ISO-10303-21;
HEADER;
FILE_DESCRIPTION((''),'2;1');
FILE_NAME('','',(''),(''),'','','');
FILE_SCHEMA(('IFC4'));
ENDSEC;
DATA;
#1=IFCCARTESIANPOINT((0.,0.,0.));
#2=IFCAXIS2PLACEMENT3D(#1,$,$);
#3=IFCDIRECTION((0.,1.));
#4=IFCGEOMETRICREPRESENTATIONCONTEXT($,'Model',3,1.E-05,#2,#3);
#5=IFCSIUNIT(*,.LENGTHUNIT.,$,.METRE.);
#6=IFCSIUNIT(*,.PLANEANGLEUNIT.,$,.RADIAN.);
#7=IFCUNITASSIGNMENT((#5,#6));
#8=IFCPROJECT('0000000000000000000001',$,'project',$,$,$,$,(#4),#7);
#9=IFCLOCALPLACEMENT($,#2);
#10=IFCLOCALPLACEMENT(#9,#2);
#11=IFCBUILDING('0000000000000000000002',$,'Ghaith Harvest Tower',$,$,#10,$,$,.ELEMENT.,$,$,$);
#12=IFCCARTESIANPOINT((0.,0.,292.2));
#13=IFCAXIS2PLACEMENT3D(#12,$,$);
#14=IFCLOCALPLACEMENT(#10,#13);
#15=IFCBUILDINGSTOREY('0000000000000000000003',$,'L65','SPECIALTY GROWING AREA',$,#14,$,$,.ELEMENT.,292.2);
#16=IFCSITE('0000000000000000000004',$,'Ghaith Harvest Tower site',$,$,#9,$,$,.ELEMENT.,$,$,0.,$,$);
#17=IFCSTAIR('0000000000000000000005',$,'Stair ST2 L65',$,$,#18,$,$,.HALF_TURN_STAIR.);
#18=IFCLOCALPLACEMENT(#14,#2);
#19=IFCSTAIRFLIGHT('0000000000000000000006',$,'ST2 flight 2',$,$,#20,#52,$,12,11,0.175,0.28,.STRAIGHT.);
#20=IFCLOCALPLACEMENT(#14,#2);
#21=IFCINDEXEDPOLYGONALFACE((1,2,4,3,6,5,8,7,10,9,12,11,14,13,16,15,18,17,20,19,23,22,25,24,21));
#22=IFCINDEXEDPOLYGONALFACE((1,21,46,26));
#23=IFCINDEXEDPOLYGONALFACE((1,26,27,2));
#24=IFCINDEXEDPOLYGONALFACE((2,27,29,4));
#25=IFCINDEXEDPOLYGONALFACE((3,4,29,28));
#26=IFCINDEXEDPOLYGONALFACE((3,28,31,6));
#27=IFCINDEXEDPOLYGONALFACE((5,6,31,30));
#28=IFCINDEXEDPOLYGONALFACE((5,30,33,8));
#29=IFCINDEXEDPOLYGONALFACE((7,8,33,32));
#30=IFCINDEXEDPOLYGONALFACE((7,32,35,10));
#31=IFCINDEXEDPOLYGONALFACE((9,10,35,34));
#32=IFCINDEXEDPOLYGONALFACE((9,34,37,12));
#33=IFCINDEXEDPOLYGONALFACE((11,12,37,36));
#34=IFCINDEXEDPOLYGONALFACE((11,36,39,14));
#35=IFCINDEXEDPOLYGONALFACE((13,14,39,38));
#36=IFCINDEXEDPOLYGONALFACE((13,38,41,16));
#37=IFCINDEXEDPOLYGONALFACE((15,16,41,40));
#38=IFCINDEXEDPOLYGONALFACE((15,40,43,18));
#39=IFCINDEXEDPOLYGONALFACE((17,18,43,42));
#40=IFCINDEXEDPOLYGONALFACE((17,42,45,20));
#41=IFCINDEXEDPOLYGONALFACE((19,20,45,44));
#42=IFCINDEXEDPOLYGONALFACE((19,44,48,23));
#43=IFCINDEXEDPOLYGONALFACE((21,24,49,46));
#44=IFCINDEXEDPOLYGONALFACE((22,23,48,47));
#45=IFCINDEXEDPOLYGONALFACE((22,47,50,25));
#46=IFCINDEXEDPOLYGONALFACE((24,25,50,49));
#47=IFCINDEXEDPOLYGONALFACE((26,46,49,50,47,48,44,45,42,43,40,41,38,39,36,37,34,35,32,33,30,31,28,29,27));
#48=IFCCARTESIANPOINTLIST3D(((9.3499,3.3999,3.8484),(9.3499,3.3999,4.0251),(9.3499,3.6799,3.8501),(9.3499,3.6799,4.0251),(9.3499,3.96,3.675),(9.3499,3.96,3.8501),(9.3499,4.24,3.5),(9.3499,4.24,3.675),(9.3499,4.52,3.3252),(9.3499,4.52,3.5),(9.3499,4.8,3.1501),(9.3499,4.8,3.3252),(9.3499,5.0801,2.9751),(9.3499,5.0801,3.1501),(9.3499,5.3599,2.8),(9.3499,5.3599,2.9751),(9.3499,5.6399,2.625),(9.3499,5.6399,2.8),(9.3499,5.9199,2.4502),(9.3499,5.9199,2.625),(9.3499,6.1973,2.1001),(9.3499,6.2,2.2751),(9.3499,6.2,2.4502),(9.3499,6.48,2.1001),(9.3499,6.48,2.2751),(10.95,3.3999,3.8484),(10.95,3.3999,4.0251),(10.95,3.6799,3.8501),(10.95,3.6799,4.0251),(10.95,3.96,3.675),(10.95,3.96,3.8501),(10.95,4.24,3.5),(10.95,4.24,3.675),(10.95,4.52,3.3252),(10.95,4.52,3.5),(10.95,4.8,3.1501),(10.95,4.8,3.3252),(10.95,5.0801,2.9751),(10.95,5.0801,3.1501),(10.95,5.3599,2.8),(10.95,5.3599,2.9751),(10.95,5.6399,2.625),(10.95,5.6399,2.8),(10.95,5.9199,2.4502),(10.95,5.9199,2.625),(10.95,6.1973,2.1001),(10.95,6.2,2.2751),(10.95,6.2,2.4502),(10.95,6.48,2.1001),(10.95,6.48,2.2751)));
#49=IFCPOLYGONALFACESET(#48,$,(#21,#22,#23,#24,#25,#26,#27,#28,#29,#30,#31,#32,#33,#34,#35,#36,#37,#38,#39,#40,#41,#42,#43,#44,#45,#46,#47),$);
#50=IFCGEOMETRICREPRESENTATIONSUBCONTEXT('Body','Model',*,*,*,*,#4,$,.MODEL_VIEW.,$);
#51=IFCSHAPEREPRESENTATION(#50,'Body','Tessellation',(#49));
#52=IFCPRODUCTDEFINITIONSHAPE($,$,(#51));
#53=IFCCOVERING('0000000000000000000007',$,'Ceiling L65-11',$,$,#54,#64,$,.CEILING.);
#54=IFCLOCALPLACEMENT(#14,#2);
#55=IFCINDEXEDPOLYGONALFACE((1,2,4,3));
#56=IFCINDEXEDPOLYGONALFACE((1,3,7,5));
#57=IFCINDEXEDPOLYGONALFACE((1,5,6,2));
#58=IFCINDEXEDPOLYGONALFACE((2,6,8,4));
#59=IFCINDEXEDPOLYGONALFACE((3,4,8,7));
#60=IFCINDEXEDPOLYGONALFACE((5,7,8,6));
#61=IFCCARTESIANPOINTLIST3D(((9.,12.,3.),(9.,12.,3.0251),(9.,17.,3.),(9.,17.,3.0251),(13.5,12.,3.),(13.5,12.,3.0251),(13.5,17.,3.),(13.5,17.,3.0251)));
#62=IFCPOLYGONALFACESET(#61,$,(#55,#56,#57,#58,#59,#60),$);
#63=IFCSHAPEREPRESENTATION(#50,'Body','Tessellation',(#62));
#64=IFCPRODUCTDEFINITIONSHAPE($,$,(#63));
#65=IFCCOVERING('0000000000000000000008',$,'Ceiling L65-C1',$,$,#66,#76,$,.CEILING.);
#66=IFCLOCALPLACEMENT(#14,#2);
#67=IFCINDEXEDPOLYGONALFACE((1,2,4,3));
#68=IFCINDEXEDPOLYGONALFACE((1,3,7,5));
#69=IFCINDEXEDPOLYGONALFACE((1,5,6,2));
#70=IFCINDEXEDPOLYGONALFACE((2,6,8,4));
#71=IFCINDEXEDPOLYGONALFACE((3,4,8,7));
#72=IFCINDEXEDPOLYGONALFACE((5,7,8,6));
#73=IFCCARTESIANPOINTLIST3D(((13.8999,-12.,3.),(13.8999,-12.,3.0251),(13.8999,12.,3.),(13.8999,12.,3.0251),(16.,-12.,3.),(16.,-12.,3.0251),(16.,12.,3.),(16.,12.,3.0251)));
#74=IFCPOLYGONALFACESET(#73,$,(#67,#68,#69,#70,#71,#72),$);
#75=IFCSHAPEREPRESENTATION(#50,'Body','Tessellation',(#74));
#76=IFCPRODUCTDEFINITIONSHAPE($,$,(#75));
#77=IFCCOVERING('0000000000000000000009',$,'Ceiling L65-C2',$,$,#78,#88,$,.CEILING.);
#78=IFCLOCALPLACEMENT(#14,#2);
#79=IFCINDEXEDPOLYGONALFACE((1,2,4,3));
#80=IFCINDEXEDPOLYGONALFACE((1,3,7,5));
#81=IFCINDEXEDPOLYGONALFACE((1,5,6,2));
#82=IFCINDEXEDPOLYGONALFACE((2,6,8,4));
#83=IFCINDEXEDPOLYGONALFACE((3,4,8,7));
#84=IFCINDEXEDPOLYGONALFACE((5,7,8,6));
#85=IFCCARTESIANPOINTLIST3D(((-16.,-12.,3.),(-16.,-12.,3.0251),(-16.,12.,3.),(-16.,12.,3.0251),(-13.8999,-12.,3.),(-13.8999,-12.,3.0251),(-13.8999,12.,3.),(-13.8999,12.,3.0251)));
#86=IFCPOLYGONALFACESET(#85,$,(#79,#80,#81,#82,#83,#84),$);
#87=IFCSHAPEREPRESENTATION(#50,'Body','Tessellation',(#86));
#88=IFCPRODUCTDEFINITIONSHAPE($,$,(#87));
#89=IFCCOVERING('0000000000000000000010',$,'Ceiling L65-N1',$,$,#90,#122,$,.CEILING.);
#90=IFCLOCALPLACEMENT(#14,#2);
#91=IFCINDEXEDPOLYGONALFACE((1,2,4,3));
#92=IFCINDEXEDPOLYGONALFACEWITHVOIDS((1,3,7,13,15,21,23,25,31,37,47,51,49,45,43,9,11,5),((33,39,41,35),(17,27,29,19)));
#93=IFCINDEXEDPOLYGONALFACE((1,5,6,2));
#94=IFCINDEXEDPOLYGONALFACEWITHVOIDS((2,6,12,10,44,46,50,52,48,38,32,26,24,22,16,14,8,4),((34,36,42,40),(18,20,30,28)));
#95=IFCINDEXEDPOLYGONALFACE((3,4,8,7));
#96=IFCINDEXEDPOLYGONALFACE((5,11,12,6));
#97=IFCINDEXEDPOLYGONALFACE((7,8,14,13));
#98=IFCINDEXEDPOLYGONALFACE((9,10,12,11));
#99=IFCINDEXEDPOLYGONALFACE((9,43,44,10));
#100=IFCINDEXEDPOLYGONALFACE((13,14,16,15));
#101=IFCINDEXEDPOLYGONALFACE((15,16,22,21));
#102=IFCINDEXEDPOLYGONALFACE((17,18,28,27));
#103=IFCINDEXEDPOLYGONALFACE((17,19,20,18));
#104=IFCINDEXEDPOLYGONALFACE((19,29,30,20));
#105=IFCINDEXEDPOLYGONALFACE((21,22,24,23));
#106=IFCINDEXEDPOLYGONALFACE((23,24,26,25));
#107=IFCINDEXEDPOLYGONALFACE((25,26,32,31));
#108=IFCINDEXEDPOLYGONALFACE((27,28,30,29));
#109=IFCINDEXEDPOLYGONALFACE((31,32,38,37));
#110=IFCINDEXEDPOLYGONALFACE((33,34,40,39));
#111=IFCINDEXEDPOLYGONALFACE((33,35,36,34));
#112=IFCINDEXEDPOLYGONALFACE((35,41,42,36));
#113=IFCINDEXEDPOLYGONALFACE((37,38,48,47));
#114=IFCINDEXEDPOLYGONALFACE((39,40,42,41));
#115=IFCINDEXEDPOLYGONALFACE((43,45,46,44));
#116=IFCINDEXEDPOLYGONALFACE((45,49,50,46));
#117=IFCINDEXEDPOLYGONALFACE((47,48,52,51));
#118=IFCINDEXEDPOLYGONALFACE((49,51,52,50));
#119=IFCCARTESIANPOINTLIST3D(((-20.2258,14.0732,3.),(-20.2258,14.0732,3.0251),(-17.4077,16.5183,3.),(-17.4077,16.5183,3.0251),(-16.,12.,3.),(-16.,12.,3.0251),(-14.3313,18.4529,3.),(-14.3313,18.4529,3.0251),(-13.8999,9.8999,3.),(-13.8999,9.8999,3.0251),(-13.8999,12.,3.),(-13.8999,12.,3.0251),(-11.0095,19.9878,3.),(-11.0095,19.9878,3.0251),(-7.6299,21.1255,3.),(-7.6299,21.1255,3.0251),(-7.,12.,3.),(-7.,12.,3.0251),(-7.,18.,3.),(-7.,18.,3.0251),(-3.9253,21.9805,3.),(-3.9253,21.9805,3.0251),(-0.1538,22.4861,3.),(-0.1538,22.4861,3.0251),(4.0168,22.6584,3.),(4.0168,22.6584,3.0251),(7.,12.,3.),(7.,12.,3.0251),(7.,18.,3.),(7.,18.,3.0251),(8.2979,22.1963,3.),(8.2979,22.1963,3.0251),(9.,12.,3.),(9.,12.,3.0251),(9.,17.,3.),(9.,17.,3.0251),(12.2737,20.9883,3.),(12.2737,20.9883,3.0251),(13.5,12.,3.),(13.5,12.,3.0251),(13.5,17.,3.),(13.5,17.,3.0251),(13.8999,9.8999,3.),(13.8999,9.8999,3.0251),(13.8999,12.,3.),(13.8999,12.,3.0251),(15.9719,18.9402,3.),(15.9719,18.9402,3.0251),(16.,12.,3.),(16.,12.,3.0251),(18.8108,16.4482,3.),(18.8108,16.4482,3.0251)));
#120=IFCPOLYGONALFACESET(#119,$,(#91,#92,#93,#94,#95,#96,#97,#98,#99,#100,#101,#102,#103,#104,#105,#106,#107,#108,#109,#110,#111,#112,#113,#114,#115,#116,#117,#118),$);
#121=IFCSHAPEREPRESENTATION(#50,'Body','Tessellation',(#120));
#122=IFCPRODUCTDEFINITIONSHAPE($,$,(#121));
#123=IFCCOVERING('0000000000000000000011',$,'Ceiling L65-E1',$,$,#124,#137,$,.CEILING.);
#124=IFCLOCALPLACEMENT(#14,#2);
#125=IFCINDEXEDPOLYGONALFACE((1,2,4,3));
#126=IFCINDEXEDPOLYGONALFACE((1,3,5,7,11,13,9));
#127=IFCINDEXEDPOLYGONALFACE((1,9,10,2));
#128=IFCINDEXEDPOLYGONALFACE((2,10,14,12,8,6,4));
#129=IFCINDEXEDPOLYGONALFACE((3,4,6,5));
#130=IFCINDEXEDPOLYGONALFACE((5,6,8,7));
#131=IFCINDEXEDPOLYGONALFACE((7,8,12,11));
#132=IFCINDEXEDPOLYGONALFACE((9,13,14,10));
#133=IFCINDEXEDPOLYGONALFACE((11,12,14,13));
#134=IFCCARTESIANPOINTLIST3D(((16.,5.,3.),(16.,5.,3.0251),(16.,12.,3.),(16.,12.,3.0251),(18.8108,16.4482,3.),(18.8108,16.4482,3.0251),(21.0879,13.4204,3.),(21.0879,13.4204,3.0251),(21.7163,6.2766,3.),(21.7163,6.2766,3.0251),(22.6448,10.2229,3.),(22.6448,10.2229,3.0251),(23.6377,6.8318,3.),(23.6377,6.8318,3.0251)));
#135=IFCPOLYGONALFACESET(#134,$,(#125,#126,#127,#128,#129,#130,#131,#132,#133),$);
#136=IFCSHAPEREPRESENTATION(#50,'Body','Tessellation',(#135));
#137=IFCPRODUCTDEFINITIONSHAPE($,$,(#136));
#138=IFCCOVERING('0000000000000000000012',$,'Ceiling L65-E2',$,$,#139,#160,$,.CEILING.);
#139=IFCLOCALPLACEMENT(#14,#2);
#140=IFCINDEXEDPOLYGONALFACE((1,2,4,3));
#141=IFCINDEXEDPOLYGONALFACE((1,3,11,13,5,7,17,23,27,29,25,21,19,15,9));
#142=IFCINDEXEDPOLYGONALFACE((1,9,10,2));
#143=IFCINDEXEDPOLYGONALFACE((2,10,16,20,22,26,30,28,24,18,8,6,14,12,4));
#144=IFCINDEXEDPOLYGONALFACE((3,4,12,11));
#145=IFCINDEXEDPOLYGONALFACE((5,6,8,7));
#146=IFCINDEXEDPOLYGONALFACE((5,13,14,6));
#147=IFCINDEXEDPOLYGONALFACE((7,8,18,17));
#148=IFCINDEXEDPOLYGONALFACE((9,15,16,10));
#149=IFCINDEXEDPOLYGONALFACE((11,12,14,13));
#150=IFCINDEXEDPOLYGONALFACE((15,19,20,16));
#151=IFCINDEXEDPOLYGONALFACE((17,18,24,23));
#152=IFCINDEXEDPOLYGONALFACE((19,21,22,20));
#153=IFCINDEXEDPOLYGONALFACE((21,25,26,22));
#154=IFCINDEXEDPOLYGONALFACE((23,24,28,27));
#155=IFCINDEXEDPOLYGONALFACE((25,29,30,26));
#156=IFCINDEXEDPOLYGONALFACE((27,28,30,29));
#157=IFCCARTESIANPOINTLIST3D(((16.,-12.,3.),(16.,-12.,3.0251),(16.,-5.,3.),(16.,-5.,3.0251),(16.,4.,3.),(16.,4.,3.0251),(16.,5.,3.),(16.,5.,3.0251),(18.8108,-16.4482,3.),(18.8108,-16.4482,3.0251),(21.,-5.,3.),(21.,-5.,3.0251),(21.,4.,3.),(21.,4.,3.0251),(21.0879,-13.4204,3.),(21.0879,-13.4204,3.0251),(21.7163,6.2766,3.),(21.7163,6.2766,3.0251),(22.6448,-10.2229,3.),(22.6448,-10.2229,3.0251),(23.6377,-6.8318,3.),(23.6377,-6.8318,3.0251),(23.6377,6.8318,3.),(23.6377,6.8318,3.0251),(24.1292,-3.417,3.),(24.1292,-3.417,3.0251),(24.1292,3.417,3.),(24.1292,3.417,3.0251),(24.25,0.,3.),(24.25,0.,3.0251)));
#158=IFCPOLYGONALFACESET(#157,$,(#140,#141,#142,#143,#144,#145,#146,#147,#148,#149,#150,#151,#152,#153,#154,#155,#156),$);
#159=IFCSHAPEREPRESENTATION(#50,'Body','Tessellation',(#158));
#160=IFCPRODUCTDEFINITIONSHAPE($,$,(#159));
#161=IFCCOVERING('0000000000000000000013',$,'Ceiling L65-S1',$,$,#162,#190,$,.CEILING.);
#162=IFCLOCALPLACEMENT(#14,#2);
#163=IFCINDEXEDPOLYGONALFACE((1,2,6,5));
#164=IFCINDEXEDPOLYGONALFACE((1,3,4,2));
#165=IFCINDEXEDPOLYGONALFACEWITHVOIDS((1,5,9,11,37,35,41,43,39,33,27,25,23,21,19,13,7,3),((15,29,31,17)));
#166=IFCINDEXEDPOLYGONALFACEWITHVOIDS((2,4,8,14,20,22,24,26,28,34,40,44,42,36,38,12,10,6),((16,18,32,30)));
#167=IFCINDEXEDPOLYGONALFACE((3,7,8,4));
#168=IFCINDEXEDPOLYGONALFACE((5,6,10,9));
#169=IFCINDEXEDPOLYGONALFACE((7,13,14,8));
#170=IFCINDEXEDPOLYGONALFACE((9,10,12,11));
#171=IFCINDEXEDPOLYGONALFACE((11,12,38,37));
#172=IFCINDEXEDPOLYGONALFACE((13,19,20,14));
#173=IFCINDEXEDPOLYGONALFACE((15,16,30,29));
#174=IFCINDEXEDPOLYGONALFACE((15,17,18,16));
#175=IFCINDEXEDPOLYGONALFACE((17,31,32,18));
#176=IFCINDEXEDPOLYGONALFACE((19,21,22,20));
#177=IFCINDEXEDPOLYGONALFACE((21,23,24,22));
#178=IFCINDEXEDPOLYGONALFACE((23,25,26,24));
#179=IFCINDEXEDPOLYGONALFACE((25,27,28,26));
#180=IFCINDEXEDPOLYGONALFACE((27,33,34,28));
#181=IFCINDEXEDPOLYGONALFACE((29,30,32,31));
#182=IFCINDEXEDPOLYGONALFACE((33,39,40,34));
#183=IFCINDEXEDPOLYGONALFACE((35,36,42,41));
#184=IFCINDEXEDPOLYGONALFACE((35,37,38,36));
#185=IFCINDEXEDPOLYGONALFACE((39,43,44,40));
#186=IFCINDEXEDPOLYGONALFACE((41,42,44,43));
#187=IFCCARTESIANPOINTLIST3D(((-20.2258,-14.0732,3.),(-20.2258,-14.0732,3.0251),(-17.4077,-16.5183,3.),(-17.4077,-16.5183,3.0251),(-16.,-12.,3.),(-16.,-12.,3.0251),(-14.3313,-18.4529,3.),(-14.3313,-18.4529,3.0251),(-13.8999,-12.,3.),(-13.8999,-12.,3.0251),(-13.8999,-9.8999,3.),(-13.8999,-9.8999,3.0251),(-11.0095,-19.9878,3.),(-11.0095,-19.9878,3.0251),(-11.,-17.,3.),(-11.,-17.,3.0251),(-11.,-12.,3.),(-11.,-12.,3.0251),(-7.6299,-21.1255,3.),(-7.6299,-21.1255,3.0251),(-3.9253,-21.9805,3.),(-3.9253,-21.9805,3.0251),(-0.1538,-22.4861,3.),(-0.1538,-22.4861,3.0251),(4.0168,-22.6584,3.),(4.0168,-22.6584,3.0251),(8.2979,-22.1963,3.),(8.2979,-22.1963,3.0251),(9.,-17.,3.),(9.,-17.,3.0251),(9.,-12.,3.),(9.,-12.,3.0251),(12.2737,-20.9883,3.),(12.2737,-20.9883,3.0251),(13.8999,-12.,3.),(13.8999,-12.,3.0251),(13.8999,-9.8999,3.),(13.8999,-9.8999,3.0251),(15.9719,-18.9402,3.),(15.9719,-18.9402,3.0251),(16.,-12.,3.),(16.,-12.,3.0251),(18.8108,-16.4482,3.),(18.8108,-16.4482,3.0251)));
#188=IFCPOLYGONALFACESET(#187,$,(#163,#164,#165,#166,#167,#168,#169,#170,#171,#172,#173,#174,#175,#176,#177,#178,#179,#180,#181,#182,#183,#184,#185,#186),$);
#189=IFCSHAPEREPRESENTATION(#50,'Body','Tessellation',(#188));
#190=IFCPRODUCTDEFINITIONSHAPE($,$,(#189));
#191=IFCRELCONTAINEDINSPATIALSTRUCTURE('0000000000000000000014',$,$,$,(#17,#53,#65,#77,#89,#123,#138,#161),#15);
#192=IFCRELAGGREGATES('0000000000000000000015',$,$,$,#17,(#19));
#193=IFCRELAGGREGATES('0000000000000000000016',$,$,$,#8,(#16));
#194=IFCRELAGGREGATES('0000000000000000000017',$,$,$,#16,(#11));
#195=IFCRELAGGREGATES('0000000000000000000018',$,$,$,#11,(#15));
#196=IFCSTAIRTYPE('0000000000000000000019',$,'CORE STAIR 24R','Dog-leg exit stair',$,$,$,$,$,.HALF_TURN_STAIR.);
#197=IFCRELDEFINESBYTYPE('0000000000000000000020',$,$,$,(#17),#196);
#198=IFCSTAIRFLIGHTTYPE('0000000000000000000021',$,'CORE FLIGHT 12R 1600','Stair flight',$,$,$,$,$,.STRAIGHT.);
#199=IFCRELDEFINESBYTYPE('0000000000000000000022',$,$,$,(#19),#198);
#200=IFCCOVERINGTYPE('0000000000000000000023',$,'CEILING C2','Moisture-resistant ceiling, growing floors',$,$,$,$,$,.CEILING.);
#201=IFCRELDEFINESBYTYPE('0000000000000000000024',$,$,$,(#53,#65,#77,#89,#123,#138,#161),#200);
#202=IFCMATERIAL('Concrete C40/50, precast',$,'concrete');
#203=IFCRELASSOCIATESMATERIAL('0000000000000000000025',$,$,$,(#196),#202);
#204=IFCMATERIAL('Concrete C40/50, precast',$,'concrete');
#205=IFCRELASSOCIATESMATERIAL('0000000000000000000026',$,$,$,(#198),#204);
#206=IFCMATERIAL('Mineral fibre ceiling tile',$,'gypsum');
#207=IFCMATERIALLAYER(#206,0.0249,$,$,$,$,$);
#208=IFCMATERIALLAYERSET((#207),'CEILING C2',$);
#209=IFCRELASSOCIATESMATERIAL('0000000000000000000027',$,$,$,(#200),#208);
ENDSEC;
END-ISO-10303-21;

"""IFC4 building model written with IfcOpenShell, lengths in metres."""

from ifc_helpers import new_model, si_unit, direction, frame, origin, place, context, subcontext, project, spatial, polyline, outline, extrude, material, layer, layer_set, type_object, element, aggregate, save


model = new_model("IFC4")

# Units and contexts
model_context = context("Model", 3, precision=1e-05, world=origin(), true_north=direction((0.0, 1.0)))
body_context = subcontext(model_context, "Body", "Model", "MODEL_VIEW")
ifc_project = project(units=[si_unit("LENGTHUNIT", "METRE"), si_unit("PLANEANGLEUNIT", "RADIAN")], contexts=[model_context])

# Site, building, storey
site_placement = place(None, origin())
site = spatial("IfcSite", under=ifc_project, at=site_placement, Name="Ghaith Harvest Tower site", CompositionType="ELEMENT", RefElevation=0.0)
building_placement = place(site_placement, origin())
building = spatial("IfcBuilding", under=site, at=building_placement, Name="Ghaith Harvest Tower", CompositionType="ELEMENT")
storey_placement = place(building_placement, frame((0.0, 0.0, 292.2)))
storey = spatial("IfcBuildingStorey", under=building, at=storey_placement, Name="L65", Description="SPECIALTY GROWING AREA", CompositionType="ELEMENT", Elevation=292.2)

# Stair, stair flight
ifc_material_1 = material(Name="Concrete C40/50, precast", Category="concrete")
stair_type = type_object("IfcStairType", Name="CORE STAIR 24R", Description="Dog-leg exit stair", PredefinedType="HALF_TURN_STAIR", material=ifc_material_1)
stair_placement = place(storey_placement, origin())
stair = element("IfcStair", 1, at=stair_placement, inside=storey, type_object=stair_type, Name="Stair ST2 L65", PredefinedType="HALF_TURN_STAIR")
ifc_material_2 = material(Name="Concrete C40/50, precast", Category="concrete")
stair_flight_type = type_object("IfcStairFlightType", Name="CORE FLIGHT 12R 1600", Description="Stair flight", PredefinedType="STRAIGHT", material=ifc_material_2)
stair_flight_1_placement = place(storey_placement, frame((10.1499, 6.48, 2.1001), z_axis=(0.0, 0.0, 1.0), x_axis=(0.0, -1.0, 0.0)))
stair_flight_1 = element("IfcStairFlight", 2, at=stair_flight_1_placement, type_object=stair_flight_type, Name="ST2 flight 2", NumberOfRisers=12, NumberOfTreads=11, PredefinedType="STRAIGHT", RiserHeight=0.175, TreadLength=0.28, context=body_context, shape_type="SweptSolid", body=[
    extrude(outline(polyline([(0.0, 0.0), (0.0, 0.175), (0.28, 0.175), (0.28, 0.3501), (0.5601, 0.3501), (0.5601, 0.5249), (0.8401, 0.5249), (0.8401, 0.7), (1.1201, 0.7), (1.1201, 0.875), (1.3999, 0.875), (1.3999, 1.05), (1.6799, 1.05), (1.6799, 1.2251), (1.96, 1.2251), (1.96, 1.3999), (2.24, 1.3999), (2.24, 1.575), (2.52, 1.575), (2.52, 1.75), (2.8, 1.75), (2.8, 1.925), (3.0801, 1.925), (3.0801, 2.1001), (3.0801, 1.7483), (0.2827, 0.0), (0.0, 0.0)])), frame((0.0, 0.8, 0.0), z_axis=(0.0, -1.0, 0.0), x_axis=(1.0, 0.0, 0.0)), (0.0, 0.0, 1.0), 1.6001),
])
aggregate(stair, [stair_flight_1])

# Coverings
ifc_material_3 = material(Name="Mineral fibre ceiling tile", Category="gypsum")
ifc_layer_1 = layer(ifc_material_3, 0.0249)
ifc_layer_set_1 = layer_set([ifc_layer_1], Name="CEILING C2")
covering_type = type_object("IfcCoveringType", Name="CEILING C2", Description="Moisture-resistant ceiling, growing floors", PredefinedType="CEILING", material=ifc_layer_set_1)
covering_1_placement = place(storey_placement, frame((0.0, 0.0, 3.0)))
element("IfcCovering", 3, at=covering_1_placement, inside=storey, type_object=covering_type, Name="Ceiling L65-11", PredefinedType="CEILING", context=body_context, shape_type="SweptSolid", body=[
    extrude(outline(polyline([(9.0, 12.0), (13.5, 12.0), (13.5, 17.0), (9.0, 17.0), (9.0, 12.0)])), origin(), (0.0, 0.0, 1.0), 0.0251),
])
covering_2_placement = place(storey_placement, frame((0.0, 0.0, 3.0)))
element("IfcCovering", 4, at=covering_2_placement, inside=storey, type_object=covering_type, Name="Ceiling L65-C1", PredefinedType="CEILING", context=body_context, shape_type="SweptSolid", body=[
    extrude(outline(polyline([(13.8999, -12.0), (13.8999, 12.0), (16.0, 12.0), (16.0, -12.0), (13.8999, -12.0)])), origin(), (0.0, 0.0, 1.0), 0.0251),
])
covering_3_placement = place(storey_placement, frame((0.0, 0.0, 3.0)))
element("IfcCovering", 5, at=covering_3_placement, inside=storey, type_object=covering_type, Name="Ceiling L65-C2", PredefinedType="CEILING", context=body_context, shape_type="SweptSolid", body=[
    extrude(outline(polyline([(-13.8999, 12.0), (-13.8999, -12.0), (-16.0, -12.0), (-16.0, 12.0), (-13.8999, 12.0)])), origin(), (0.0, 0.0, 1.0), 0.0251),
])
covering_4_placement = place(storey_placement, frame((0.0, 0.0, 3.0)))
element("IfcCovering", 6, at=covering_4_placement, inside=storey, type_object=covering_type, Name="Ceiling L65-N1", PredefinedType="CEILING", context=body_context, shape_type="SweptSolid", body=[
    extrude(outline(polyline([(-17.4077, 16.5183), (-14.3313, 18.4529), (-11.0095, 19.9878), (-7.6299, 21.1255), (-3.9253, 21.9805), (-0.1538, 22.4861), (4.0168, 22.6584), (8.2979, 22.1963), (12.2737, 20.9883), (15.9719, 18.9402), (18.8108, 16.4482), (16.0, 12.0), (13.8999, 12.0), (13.8999, 9.8999), (-13.8999, 9.8999), (-13.8999, 12.0), (-16.0, 12.0), (-20.2258, 14.0732), (-17.4077, 16.5183)]), holes=[polyline([(7.0, 18.0), (-7.0, 18.0), (-7.0, 12.0), (7.0, 12.0), (7.0, 18.0)]), polyline([(9.0, 17.0), (9.0, 12.0), (13.5, 12.0), (13.5, 17.0), (9.0, 17.0)])]), origin(), (0.0, 0.0, 1.0), 0.0251),
])
covering_5_placement = place(storey_placement, frame((0.0, 0.0, 3.0)))
element("IfcCovering", 7, at=covering_5_placement, inside=storey, type_object=covering_type, Name="Ceiling L65-E1", PredefinedType="CEILING", context=body_context, shape_type="SweptSolid", body=[
    extrude(outline(polyline([(21.0879, 13.4204), (22.6448, 10.2229), (23.6377, 6.8318), (21.7163, 6.2766), (16.0, 5.0), (16.0, 12.0), (18.8108, 16.4482), (21.0879, 13.4204)])), origin(), (0.0, 0.0, 1.0), 0.0251),
])
covering_6_placement = place(storey_placement, frame((0.0, 0.0, 3.0)))
element("IfcCovering", 8, at=covering_6_placement, inside=storey, type_object=covering_type, Name="Ceiling L65-E2", PredefinedType="CEILING", context=body_context, shape_type="SweptSolid", body=[
    extrude(outline(polyline([(23.6377, 6.8318), (23.6377, 6.8318), (24.1292, 3.417), (24.25, 0.0), (24.1292, -3.417), (23.6377, -6.8318), (22.6448, -10.2229), (21.0879, -13.4204), (18.8108, -16.4482), (16.0, -12.0), (16.0, -5.0), (21.0, -5.0), (21.0, 4.0), (16.0, 4.0), (16.0, 5.0), (21.7163, 6.2766), (23.6377, 6.8318)])), origin(), (0.0, 0.0, 1.0), 0.0251),
])
covering_7_placement = place(storey_placement, frame((0.0, 0.0, 3.0)))
element("IfcCovering", 9, at=covering_7_placement, inside=storey, type_object=covering_type, Name="Ceiling L65-S1", PredefinedType="CEILING", context=body_context, shape_type="SweptSolid", body=[
    extrude(outline(polyline([(-14.3313, -18.4529), (-17.4077, -16.5183), (-20.2258, -14.0732), (-16.0, -12.0), (-13.8999, -12.0), (-13.8999, -9.8999), (13.8999, -9.8999), (13.8999, -12.0), (16.0, -12.0), (18.8108, -16.4482), (15.9719, -18.9402), (12.2737, -20.9883), (8.2979, -22.1963), (4.0168, -22.6584), (-0.1538, -22.4861), (-3.9253, -21.9805), (-7.6299, -21.1255), (-11.0095, -19.9878), (-14.3313, -18.4529)]), holes=[polyline([(-11.0, -17.0), (9.0, -17.0), (9.0, -12.0), (-11.0, -12.0), (-11.0, -17.0)])]), origin(), (0.0, 0.0, 1.0), 0.0251),
])

save(model, "model.ifc")
